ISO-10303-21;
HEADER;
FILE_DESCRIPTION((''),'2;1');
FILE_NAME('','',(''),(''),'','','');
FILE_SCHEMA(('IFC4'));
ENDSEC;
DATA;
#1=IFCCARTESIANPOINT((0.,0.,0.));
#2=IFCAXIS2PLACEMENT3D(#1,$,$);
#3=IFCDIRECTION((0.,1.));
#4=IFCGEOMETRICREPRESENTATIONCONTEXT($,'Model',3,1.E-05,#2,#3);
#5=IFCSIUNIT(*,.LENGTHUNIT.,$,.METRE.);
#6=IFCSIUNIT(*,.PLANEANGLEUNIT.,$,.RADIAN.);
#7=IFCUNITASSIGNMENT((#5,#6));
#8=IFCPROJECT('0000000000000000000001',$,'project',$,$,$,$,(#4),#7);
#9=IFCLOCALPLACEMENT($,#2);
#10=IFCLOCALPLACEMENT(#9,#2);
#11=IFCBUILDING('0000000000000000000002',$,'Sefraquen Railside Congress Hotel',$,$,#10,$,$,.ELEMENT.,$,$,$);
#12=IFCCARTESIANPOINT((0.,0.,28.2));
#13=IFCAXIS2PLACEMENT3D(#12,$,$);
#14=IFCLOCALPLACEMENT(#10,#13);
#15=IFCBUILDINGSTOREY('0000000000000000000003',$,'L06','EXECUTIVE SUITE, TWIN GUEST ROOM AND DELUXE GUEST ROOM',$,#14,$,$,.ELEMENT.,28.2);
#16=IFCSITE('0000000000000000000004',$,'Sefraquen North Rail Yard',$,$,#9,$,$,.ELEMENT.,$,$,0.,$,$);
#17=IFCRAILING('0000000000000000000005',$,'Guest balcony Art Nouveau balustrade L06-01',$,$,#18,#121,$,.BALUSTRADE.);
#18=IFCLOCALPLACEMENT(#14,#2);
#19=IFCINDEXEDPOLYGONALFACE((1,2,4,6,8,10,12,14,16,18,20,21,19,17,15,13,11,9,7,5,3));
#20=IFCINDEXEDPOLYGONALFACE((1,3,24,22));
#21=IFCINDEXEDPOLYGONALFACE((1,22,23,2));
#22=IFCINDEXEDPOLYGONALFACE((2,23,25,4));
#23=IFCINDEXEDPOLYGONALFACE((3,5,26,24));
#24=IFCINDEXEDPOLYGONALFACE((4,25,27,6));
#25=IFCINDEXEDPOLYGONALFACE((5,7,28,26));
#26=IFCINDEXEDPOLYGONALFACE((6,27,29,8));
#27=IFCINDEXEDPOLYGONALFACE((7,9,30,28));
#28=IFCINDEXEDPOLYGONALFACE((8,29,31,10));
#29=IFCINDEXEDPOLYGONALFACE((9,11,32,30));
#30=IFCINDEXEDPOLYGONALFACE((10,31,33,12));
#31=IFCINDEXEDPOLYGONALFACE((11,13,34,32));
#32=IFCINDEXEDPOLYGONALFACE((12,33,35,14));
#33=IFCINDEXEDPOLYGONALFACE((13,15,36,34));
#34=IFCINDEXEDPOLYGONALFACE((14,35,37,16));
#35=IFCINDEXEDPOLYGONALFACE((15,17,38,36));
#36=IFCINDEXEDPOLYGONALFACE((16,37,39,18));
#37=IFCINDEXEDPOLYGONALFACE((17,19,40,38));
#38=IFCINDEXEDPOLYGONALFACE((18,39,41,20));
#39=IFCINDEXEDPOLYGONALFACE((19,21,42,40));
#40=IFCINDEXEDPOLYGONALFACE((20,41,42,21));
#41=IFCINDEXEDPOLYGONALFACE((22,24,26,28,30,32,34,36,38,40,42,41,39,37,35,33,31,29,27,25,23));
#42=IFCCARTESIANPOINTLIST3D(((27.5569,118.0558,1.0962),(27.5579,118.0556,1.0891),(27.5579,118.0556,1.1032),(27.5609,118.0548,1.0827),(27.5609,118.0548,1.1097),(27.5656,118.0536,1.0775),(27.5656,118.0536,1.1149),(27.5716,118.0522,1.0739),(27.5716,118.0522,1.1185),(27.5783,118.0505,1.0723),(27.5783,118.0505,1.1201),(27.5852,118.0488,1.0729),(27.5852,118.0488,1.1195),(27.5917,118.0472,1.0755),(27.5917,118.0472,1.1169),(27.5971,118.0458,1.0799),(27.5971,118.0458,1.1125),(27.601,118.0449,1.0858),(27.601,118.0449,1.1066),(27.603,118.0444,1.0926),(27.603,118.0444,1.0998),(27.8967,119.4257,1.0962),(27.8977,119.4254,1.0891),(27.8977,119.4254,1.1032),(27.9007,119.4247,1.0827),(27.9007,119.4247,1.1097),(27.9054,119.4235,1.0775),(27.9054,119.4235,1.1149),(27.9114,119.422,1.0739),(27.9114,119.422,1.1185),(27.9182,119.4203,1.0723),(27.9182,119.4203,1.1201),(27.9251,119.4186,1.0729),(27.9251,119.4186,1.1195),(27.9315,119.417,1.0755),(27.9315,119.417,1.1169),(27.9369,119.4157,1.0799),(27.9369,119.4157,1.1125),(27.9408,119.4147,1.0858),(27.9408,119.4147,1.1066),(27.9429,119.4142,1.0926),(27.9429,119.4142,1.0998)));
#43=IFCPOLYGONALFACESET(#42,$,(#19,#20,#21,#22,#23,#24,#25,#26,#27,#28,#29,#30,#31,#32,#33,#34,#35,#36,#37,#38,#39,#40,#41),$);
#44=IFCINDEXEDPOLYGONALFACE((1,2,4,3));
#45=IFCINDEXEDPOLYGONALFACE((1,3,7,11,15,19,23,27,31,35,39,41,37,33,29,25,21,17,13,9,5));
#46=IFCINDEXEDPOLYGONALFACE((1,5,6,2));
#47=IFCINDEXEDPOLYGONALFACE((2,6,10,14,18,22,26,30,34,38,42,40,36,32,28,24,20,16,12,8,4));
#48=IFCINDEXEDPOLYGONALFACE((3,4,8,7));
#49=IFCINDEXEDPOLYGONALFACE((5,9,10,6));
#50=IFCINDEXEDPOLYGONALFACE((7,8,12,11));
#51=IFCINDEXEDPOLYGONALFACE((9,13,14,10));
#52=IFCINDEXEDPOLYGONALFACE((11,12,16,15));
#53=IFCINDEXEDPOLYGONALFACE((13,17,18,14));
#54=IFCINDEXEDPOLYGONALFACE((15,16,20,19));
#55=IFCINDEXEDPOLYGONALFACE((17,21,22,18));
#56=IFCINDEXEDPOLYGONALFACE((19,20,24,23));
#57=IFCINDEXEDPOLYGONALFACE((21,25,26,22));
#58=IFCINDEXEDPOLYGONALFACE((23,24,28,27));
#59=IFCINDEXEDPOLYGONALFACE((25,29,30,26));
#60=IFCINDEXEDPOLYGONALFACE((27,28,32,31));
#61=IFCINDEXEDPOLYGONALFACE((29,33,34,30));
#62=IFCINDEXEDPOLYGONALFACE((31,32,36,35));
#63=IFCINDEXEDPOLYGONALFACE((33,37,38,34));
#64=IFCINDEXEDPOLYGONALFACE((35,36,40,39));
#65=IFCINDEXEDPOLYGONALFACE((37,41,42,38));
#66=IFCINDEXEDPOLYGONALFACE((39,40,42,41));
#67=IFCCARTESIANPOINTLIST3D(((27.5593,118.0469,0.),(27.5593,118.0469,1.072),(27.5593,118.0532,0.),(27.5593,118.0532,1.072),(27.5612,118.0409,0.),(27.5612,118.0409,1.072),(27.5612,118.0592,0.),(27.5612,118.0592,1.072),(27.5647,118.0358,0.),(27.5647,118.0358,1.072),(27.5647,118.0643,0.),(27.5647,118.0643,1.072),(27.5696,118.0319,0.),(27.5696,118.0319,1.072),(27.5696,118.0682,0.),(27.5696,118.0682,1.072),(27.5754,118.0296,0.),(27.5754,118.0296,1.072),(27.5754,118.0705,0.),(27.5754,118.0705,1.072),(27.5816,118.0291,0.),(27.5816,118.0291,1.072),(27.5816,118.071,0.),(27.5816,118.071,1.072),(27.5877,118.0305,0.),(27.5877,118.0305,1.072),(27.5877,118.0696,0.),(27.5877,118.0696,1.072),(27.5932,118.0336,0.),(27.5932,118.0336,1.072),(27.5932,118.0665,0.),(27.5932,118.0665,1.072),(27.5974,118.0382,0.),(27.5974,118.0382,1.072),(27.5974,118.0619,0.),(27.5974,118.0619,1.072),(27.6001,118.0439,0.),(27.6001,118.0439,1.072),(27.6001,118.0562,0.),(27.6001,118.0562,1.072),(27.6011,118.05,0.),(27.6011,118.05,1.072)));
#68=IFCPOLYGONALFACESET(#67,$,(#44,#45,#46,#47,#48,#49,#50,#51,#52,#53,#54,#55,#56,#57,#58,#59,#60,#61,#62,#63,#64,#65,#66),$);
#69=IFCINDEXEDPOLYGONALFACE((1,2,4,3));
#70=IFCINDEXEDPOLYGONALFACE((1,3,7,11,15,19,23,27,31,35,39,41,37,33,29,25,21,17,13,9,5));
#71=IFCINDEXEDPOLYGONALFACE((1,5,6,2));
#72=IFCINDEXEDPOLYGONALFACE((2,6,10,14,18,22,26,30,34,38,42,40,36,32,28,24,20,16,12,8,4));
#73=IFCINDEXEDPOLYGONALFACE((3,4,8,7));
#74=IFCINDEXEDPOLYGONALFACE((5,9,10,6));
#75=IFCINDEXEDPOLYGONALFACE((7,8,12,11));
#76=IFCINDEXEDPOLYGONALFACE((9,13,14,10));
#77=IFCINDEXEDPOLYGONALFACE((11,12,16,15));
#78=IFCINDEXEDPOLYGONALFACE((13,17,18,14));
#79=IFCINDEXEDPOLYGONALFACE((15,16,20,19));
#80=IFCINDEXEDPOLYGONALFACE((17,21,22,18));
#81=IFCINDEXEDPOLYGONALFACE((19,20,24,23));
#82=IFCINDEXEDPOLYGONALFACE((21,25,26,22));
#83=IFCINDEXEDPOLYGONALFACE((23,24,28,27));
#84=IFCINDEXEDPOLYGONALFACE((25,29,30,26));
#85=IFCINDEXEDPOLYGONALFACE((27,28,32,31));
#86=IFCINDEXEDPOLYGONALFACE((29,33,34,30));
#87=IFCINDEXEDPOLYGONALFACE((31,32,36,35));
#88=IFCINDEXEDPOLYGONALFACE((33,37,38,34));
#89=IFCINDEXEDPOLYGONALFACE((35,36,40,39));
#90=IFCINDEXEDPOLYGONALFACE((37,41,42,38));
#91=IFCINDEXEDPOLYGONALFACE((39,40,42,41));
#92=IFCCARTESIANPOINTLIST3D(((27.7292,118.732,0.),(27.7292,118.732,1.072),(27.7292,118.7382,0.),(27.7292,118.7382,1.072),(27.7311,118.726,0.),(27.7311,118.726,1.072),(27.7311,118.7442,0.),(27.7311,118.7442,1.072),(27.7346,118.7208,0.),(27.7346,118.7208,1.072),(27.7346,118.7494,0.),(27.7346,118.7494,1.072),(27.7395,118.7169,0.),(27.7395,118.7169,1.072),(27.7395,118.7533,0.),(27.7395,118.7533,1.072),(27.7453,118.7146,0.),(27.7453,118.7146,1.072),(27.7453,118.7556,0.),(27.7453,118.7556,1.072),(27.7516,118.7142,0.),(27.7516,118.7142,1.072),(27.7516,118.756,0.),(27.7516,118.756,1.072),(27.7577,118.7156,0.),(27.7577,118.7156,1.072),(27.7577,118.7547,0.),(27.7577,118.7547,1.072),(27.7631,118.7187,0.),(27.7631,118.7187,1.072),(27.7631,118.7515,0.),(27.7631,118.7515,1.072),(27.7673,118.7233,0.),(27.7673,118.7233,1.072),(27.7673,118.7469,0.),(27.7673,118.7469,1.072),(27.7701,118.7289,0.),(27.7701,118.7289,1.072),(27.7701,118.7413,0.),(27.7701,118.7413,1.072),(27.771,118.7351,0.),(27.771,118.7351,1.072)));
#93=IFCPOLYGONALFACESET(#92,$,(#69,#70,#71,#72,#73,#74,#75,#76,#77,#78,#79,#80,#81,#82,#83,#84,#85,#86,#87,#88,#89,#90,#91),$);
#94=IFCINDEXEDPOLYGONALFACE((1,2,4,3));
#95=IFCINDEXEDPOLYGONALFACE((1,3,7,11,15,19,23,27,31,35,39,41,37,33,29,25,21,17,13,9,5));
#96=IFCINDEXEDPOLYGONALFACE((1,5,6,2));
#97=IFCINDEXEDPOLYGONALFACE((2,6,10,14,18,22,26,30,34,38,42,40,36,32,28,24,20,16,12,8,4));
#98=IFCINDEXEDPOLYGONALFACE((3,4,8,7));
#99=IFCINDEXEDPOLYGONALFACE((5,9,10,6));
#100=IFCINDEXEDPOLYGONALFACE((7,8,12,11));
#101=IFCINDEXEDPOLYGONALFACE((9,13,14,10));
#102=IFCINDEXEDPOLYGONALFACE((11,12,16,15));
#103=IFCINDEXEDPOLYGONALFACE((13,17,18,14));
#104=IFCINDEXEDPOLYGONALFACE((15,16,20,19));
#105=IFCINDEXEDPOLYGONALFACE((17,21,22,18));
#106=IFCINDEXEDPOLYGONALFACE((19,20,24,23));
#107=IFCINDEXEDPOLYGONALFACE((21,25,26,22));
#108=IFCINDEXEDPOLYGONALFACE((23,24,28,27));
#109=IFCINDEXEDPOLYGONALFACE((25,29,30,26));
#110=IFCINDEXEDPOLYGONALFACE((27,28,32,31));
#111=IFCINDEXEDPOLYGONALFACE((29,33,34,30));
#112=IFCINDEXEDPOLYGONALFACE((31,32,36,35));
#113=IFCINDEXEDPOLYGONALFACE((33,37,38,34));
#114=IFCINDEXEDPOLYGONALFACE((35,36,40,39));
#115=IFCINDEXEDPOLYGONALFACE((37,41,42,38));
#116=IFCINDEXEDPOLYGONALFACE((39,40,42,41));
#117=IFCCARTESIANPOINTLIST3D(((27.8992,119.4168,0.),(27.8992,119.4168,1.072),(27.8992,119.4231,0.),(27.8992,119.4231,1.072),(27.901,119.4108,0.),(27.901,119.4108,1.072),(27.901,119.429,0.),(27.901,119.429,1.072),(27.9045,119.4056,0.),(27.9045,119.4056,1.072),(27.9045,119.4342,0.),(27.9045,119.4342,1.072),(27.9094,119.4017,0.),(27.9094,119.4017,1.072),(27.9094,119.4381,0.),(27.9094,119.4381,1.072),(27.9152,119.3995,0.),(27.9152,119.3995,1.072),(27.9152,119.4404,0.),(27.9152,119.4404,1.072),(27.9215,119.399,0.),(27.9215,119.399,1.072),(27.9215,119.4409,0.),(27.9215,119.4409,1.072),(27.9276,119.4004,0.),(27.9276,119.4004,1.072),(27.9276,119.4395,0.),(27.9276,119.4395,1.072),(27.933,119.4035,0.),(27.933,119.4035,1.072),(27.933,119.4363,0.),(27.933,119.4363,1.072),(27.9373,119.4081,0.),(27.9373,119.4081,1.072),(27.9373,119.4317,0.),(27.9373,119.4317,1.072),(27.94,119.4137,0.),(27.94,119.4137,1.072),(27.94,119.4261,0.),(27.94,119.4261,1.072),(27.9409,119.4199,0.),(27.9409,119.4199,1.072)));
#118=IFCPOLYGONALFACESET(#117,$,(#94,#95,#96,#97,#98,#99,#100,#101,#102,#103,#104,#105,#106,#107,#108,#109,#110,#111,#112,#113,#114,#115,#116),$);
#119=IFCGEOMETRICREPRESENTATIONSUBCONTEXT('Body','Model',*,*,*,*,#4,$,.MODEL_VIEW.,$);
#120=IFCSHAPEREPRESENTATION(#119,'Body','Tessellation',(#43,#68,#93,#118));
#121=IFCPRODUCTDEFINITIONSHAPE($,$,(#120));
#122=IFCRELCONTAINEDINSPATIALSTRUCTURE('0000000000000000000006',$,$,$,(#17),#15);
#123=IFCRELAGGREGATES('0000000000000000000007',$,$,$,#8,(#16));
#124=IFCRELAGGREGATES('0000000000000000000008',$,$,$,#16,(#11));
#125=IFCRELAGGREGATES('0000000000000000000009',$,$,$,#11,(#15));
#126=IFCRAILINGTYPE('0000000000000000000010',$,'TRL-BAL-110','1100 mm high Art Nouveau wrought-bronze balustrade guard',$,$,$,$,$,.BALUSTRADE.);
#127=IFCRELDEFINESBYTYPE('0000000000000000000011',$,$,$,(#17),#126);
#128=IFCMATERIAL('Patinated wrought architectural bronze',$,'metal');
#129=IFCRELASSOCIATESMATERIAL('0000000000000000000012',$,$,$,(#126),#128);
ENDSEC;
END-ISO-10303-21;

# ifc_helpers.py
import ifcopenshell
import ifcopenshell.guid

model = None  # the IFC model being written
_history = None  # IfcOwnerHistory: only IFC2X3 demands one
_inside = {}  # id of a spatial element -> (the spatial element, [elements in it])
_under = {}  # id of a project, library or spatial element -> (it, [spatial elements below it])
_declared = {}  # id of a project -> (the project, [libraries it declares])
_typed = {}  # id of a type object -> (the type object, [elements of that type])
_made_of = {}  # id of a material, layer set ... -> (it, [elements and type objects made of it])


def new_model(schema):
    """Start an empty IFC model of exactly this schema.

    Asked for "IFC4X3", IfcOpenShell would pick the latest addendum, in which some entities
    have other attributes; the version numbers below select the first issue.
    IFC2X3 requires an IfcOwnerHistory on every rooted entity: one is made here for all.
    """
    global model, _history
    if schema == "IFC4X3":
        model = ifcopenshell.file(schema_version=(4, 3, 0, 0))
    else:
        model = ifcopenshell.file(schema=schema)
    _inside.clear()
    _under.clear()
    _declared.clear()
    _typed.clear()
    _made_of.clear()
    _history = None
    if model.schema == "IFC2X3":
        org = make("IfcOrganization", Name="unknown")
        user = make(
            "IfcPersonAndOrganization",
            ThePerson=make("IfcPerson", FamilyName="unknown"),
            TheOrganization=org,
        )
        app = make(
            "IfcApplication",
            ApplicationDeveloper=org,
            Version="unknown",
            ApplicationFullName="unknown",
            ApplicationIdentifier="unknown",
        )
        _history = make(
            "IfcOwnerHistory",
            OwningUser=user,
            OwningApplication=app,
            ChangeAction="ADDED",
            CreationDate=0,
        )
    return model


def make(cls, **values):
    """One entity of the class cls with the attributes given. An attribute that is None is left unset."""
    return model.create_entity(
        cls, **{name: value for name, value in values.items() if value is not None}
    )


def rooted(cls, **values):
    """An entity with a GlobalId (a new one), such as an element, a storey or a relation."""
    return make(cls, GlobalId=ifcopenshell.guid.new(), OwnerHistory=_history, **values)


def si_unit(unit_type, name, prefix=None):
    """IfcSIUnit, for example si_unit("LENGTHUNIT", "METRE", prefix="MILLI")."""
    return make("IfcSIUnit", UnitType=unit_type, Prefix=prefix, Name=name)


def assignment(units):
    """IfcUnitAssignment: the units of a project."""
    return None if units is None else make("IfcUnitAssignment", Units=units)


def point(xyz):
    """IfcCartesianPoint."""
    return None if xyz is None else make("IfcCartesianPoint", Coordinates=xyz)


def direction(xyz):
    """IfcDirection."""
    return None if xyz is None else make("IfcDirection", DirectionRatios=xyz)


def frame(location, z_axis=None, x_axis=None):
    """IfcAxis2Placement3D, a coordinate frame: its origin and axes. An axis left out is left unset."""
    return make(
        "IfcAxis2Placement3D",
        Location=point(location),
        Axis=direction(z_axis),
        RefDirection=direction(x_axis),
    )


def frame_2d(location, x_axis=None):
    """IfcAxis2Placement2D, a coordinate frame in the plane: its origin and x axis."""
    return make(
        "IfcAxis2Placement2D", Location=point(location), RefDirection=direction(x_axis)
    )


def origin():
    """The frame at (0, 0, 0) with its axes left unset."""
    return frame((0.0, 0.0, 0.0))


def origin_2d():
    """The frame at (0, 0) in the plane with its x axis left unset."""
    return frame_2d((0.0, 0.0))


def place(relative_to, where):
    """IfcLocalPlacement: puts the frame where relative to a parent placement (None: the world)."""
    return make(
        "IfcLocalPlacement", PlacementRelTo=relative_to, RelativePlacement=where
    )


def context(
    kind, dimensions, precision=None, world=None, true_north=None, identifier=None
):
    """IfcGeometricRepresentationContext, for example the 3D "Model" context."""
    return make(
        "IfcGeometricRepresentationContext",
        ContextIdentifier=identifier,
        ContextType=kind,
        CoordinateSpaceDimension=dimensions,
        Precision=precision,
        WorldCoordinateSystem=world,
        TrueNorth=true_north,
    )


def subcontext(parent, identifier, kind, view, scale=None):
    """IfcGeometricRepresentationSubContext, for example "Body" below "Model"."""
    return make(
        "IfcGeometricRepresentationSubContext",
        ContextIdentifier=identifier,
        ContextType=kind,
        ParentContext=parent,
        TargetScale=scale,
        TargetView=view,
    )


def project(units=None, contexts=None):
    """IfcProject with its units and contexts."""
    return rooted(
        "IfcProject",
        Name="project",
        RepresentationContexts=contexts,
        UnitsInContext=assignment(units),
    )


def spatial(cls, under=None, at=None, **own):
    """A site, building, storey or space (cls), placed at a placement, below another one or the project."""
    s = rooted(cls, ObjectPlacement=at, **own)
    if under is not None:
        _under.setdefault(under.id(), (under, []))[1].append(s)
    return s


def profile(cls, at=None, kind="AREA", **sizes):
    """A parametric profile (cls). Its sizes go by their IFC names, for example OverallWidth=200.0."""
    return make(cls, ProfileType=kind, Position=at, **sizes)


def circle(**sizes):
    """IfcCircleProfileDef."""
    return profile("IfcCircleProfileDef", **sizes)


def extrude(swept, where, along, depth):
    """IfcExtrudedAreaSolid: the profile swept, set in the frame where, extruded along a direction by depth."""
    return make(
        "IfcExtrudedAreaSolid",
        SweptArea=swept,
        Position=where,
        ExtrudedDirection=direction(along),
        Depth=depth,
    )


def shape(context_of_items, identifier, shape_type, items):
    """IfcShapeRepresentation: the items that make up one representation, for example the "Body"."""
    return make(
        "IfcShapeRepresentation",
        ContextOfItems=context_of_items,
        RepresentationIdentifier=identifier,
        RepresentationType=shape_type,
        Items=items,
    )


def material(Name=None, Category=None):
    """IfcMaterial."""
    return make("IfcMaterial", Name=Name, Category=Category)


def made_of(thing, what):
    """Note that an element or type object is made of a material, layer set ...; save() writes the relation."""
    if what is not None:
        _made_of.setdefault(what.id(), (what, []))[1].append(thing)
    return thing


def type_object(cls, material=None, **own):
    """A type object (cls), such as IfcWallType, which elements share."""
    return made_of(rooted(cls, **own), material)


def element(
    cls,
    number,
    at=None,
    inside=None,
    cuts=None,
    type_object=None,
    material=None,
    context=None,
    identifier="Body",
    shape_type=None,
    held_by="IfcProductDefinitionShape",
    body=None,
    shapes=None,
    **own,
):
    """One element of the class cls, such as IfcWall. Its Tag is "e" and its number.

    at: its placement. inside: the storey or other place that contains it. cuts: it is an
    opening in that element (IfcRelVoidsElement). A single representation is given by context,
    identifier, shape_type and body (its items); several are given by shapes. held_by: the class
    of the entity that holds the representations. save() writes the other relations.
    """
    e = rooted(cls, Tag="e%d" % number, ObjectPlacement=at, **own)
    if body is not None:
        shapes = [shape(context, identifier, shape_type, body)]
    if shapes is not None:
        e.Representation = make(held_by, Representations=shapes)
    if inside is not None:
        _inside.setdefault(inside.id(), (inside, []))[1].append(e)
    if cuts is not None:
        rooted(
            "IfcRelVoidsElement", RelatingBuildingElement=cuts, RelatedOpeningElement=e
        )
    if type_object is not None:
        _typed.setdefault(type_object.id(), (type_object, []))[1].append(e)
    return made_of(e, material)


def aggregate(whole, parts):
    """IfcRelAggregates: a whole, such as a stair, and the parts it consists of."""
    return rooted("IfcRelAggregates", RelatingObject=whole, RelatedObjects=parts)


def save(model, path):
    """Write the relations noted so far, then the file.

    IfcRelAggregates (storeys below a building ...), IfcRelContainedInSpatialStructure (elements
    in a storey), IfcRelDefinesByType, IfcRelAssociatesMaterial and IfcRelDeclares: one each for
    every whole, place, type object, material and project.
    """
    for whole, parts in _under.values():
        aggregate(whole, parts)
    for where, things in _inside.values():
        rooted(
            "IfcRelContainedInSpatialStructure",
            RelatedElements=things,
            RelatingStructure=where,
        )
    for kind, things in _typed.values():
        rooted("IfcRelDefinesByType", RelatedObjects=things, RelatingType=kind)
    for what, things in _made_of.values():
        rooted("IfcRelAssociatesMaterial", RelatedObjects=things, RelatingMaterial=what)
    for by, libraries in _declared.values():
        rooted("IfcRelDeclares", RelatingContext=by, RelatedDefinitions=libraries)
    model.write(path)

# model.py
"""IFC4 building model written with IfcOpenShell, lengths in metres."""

from ifc_helpers import new_model, si_unit, direction, frame, origin, origin_2d, place, context, subcontext, project, spatial, circle, extrude, material, type_object, element, save


model = new_model("IFC4")

# Units and contexts
model_context = context("Model", 3, precision=1e-05, world=origin(), true_north=direction((0.0, 1.0)))
body_context = subcontext(model_context, "Body", "Model", "MODEL_VIEW")
ifc_project = project(units=[si_unit("LENGTHUNIT", "METRE"), si_unit("PLANEANGLEUNIT", "RADIAN")], contexts=[model_context])

# Site, building, storey
site_placement = place(None, origin())
site = spatial("IfcSite", under=ifc_project, at=site_placement, Name="Sefraquen North Rail Yard", CompositionType="ELEMENT", RefElevation=0.0)
building_placement = place(site_placement, origin())
building = spatial("IfcBuilding", under=site, at=building_placement, Name="Sefraquen Railside Congress Hotel", CompositionType="ELEMENT")
storey_placement = place(building_placement, frame((0.0, 0.0, 28.2)))
storey = spatial("IfcBuildingStorey", under=building, at=storey_placement, Name="L06", Description="EXECUTIVE SUITE, TWIN GUEST ROOM AND DELUXE GUEST ROOM", CompositionType="ELEMENT", Elevation=28.2)

# Railing
ifc_material_1 = material(Name="Patinated wrought architectural bronze", Category="metal")
railing_type = type_object("IfcRailingType", Name="TRL-BAL-110", Description="1100 mm high Art Nouveau wrought-bronze balustrade guard", PredefinedType="BALUSTRADE", material=ifc_material_1)
railing_1_placement = place(storey_placement, frame((27.5801, 118.05, 0.0)))
element("IfcRailing", 1, at=railing_1_placement, inside=storey, type_object=railing_type, Name="Guest balcony Art Nouveau balustrade L06-01", PredefinedType="BALUSTRADE", context=body_context, shape_type="SweptSolid", body=[
    extrude(circle(Radius=0.0239, at=origin_2d()), frame((0.0, 0.0, 1.0962), z_axis=(0.240785, 0.970578, 0.0), x_axis=(-0.970578, 0.240785, 0.0)), (0.0, 0.0, 1.0), 1.4114),
    extrude(circle(Radius=0.021, at=origin_2d()), origin(), (0.0, 0.0, 1.0), 1.072),
    extrude(circle(Radius=0.021, at=origin_2d()), frame((0.1699, 0.6851, 0.0)), (0.0, 0.0, 1.0), 1.072),
    extrude(circle(Radius=0.021, at=origin_2d()), frame((0.3398, 1.3699, 0.0)), (0.0, 0.0, 1.0), 1.072),
])

save(model, "model.ifc")
